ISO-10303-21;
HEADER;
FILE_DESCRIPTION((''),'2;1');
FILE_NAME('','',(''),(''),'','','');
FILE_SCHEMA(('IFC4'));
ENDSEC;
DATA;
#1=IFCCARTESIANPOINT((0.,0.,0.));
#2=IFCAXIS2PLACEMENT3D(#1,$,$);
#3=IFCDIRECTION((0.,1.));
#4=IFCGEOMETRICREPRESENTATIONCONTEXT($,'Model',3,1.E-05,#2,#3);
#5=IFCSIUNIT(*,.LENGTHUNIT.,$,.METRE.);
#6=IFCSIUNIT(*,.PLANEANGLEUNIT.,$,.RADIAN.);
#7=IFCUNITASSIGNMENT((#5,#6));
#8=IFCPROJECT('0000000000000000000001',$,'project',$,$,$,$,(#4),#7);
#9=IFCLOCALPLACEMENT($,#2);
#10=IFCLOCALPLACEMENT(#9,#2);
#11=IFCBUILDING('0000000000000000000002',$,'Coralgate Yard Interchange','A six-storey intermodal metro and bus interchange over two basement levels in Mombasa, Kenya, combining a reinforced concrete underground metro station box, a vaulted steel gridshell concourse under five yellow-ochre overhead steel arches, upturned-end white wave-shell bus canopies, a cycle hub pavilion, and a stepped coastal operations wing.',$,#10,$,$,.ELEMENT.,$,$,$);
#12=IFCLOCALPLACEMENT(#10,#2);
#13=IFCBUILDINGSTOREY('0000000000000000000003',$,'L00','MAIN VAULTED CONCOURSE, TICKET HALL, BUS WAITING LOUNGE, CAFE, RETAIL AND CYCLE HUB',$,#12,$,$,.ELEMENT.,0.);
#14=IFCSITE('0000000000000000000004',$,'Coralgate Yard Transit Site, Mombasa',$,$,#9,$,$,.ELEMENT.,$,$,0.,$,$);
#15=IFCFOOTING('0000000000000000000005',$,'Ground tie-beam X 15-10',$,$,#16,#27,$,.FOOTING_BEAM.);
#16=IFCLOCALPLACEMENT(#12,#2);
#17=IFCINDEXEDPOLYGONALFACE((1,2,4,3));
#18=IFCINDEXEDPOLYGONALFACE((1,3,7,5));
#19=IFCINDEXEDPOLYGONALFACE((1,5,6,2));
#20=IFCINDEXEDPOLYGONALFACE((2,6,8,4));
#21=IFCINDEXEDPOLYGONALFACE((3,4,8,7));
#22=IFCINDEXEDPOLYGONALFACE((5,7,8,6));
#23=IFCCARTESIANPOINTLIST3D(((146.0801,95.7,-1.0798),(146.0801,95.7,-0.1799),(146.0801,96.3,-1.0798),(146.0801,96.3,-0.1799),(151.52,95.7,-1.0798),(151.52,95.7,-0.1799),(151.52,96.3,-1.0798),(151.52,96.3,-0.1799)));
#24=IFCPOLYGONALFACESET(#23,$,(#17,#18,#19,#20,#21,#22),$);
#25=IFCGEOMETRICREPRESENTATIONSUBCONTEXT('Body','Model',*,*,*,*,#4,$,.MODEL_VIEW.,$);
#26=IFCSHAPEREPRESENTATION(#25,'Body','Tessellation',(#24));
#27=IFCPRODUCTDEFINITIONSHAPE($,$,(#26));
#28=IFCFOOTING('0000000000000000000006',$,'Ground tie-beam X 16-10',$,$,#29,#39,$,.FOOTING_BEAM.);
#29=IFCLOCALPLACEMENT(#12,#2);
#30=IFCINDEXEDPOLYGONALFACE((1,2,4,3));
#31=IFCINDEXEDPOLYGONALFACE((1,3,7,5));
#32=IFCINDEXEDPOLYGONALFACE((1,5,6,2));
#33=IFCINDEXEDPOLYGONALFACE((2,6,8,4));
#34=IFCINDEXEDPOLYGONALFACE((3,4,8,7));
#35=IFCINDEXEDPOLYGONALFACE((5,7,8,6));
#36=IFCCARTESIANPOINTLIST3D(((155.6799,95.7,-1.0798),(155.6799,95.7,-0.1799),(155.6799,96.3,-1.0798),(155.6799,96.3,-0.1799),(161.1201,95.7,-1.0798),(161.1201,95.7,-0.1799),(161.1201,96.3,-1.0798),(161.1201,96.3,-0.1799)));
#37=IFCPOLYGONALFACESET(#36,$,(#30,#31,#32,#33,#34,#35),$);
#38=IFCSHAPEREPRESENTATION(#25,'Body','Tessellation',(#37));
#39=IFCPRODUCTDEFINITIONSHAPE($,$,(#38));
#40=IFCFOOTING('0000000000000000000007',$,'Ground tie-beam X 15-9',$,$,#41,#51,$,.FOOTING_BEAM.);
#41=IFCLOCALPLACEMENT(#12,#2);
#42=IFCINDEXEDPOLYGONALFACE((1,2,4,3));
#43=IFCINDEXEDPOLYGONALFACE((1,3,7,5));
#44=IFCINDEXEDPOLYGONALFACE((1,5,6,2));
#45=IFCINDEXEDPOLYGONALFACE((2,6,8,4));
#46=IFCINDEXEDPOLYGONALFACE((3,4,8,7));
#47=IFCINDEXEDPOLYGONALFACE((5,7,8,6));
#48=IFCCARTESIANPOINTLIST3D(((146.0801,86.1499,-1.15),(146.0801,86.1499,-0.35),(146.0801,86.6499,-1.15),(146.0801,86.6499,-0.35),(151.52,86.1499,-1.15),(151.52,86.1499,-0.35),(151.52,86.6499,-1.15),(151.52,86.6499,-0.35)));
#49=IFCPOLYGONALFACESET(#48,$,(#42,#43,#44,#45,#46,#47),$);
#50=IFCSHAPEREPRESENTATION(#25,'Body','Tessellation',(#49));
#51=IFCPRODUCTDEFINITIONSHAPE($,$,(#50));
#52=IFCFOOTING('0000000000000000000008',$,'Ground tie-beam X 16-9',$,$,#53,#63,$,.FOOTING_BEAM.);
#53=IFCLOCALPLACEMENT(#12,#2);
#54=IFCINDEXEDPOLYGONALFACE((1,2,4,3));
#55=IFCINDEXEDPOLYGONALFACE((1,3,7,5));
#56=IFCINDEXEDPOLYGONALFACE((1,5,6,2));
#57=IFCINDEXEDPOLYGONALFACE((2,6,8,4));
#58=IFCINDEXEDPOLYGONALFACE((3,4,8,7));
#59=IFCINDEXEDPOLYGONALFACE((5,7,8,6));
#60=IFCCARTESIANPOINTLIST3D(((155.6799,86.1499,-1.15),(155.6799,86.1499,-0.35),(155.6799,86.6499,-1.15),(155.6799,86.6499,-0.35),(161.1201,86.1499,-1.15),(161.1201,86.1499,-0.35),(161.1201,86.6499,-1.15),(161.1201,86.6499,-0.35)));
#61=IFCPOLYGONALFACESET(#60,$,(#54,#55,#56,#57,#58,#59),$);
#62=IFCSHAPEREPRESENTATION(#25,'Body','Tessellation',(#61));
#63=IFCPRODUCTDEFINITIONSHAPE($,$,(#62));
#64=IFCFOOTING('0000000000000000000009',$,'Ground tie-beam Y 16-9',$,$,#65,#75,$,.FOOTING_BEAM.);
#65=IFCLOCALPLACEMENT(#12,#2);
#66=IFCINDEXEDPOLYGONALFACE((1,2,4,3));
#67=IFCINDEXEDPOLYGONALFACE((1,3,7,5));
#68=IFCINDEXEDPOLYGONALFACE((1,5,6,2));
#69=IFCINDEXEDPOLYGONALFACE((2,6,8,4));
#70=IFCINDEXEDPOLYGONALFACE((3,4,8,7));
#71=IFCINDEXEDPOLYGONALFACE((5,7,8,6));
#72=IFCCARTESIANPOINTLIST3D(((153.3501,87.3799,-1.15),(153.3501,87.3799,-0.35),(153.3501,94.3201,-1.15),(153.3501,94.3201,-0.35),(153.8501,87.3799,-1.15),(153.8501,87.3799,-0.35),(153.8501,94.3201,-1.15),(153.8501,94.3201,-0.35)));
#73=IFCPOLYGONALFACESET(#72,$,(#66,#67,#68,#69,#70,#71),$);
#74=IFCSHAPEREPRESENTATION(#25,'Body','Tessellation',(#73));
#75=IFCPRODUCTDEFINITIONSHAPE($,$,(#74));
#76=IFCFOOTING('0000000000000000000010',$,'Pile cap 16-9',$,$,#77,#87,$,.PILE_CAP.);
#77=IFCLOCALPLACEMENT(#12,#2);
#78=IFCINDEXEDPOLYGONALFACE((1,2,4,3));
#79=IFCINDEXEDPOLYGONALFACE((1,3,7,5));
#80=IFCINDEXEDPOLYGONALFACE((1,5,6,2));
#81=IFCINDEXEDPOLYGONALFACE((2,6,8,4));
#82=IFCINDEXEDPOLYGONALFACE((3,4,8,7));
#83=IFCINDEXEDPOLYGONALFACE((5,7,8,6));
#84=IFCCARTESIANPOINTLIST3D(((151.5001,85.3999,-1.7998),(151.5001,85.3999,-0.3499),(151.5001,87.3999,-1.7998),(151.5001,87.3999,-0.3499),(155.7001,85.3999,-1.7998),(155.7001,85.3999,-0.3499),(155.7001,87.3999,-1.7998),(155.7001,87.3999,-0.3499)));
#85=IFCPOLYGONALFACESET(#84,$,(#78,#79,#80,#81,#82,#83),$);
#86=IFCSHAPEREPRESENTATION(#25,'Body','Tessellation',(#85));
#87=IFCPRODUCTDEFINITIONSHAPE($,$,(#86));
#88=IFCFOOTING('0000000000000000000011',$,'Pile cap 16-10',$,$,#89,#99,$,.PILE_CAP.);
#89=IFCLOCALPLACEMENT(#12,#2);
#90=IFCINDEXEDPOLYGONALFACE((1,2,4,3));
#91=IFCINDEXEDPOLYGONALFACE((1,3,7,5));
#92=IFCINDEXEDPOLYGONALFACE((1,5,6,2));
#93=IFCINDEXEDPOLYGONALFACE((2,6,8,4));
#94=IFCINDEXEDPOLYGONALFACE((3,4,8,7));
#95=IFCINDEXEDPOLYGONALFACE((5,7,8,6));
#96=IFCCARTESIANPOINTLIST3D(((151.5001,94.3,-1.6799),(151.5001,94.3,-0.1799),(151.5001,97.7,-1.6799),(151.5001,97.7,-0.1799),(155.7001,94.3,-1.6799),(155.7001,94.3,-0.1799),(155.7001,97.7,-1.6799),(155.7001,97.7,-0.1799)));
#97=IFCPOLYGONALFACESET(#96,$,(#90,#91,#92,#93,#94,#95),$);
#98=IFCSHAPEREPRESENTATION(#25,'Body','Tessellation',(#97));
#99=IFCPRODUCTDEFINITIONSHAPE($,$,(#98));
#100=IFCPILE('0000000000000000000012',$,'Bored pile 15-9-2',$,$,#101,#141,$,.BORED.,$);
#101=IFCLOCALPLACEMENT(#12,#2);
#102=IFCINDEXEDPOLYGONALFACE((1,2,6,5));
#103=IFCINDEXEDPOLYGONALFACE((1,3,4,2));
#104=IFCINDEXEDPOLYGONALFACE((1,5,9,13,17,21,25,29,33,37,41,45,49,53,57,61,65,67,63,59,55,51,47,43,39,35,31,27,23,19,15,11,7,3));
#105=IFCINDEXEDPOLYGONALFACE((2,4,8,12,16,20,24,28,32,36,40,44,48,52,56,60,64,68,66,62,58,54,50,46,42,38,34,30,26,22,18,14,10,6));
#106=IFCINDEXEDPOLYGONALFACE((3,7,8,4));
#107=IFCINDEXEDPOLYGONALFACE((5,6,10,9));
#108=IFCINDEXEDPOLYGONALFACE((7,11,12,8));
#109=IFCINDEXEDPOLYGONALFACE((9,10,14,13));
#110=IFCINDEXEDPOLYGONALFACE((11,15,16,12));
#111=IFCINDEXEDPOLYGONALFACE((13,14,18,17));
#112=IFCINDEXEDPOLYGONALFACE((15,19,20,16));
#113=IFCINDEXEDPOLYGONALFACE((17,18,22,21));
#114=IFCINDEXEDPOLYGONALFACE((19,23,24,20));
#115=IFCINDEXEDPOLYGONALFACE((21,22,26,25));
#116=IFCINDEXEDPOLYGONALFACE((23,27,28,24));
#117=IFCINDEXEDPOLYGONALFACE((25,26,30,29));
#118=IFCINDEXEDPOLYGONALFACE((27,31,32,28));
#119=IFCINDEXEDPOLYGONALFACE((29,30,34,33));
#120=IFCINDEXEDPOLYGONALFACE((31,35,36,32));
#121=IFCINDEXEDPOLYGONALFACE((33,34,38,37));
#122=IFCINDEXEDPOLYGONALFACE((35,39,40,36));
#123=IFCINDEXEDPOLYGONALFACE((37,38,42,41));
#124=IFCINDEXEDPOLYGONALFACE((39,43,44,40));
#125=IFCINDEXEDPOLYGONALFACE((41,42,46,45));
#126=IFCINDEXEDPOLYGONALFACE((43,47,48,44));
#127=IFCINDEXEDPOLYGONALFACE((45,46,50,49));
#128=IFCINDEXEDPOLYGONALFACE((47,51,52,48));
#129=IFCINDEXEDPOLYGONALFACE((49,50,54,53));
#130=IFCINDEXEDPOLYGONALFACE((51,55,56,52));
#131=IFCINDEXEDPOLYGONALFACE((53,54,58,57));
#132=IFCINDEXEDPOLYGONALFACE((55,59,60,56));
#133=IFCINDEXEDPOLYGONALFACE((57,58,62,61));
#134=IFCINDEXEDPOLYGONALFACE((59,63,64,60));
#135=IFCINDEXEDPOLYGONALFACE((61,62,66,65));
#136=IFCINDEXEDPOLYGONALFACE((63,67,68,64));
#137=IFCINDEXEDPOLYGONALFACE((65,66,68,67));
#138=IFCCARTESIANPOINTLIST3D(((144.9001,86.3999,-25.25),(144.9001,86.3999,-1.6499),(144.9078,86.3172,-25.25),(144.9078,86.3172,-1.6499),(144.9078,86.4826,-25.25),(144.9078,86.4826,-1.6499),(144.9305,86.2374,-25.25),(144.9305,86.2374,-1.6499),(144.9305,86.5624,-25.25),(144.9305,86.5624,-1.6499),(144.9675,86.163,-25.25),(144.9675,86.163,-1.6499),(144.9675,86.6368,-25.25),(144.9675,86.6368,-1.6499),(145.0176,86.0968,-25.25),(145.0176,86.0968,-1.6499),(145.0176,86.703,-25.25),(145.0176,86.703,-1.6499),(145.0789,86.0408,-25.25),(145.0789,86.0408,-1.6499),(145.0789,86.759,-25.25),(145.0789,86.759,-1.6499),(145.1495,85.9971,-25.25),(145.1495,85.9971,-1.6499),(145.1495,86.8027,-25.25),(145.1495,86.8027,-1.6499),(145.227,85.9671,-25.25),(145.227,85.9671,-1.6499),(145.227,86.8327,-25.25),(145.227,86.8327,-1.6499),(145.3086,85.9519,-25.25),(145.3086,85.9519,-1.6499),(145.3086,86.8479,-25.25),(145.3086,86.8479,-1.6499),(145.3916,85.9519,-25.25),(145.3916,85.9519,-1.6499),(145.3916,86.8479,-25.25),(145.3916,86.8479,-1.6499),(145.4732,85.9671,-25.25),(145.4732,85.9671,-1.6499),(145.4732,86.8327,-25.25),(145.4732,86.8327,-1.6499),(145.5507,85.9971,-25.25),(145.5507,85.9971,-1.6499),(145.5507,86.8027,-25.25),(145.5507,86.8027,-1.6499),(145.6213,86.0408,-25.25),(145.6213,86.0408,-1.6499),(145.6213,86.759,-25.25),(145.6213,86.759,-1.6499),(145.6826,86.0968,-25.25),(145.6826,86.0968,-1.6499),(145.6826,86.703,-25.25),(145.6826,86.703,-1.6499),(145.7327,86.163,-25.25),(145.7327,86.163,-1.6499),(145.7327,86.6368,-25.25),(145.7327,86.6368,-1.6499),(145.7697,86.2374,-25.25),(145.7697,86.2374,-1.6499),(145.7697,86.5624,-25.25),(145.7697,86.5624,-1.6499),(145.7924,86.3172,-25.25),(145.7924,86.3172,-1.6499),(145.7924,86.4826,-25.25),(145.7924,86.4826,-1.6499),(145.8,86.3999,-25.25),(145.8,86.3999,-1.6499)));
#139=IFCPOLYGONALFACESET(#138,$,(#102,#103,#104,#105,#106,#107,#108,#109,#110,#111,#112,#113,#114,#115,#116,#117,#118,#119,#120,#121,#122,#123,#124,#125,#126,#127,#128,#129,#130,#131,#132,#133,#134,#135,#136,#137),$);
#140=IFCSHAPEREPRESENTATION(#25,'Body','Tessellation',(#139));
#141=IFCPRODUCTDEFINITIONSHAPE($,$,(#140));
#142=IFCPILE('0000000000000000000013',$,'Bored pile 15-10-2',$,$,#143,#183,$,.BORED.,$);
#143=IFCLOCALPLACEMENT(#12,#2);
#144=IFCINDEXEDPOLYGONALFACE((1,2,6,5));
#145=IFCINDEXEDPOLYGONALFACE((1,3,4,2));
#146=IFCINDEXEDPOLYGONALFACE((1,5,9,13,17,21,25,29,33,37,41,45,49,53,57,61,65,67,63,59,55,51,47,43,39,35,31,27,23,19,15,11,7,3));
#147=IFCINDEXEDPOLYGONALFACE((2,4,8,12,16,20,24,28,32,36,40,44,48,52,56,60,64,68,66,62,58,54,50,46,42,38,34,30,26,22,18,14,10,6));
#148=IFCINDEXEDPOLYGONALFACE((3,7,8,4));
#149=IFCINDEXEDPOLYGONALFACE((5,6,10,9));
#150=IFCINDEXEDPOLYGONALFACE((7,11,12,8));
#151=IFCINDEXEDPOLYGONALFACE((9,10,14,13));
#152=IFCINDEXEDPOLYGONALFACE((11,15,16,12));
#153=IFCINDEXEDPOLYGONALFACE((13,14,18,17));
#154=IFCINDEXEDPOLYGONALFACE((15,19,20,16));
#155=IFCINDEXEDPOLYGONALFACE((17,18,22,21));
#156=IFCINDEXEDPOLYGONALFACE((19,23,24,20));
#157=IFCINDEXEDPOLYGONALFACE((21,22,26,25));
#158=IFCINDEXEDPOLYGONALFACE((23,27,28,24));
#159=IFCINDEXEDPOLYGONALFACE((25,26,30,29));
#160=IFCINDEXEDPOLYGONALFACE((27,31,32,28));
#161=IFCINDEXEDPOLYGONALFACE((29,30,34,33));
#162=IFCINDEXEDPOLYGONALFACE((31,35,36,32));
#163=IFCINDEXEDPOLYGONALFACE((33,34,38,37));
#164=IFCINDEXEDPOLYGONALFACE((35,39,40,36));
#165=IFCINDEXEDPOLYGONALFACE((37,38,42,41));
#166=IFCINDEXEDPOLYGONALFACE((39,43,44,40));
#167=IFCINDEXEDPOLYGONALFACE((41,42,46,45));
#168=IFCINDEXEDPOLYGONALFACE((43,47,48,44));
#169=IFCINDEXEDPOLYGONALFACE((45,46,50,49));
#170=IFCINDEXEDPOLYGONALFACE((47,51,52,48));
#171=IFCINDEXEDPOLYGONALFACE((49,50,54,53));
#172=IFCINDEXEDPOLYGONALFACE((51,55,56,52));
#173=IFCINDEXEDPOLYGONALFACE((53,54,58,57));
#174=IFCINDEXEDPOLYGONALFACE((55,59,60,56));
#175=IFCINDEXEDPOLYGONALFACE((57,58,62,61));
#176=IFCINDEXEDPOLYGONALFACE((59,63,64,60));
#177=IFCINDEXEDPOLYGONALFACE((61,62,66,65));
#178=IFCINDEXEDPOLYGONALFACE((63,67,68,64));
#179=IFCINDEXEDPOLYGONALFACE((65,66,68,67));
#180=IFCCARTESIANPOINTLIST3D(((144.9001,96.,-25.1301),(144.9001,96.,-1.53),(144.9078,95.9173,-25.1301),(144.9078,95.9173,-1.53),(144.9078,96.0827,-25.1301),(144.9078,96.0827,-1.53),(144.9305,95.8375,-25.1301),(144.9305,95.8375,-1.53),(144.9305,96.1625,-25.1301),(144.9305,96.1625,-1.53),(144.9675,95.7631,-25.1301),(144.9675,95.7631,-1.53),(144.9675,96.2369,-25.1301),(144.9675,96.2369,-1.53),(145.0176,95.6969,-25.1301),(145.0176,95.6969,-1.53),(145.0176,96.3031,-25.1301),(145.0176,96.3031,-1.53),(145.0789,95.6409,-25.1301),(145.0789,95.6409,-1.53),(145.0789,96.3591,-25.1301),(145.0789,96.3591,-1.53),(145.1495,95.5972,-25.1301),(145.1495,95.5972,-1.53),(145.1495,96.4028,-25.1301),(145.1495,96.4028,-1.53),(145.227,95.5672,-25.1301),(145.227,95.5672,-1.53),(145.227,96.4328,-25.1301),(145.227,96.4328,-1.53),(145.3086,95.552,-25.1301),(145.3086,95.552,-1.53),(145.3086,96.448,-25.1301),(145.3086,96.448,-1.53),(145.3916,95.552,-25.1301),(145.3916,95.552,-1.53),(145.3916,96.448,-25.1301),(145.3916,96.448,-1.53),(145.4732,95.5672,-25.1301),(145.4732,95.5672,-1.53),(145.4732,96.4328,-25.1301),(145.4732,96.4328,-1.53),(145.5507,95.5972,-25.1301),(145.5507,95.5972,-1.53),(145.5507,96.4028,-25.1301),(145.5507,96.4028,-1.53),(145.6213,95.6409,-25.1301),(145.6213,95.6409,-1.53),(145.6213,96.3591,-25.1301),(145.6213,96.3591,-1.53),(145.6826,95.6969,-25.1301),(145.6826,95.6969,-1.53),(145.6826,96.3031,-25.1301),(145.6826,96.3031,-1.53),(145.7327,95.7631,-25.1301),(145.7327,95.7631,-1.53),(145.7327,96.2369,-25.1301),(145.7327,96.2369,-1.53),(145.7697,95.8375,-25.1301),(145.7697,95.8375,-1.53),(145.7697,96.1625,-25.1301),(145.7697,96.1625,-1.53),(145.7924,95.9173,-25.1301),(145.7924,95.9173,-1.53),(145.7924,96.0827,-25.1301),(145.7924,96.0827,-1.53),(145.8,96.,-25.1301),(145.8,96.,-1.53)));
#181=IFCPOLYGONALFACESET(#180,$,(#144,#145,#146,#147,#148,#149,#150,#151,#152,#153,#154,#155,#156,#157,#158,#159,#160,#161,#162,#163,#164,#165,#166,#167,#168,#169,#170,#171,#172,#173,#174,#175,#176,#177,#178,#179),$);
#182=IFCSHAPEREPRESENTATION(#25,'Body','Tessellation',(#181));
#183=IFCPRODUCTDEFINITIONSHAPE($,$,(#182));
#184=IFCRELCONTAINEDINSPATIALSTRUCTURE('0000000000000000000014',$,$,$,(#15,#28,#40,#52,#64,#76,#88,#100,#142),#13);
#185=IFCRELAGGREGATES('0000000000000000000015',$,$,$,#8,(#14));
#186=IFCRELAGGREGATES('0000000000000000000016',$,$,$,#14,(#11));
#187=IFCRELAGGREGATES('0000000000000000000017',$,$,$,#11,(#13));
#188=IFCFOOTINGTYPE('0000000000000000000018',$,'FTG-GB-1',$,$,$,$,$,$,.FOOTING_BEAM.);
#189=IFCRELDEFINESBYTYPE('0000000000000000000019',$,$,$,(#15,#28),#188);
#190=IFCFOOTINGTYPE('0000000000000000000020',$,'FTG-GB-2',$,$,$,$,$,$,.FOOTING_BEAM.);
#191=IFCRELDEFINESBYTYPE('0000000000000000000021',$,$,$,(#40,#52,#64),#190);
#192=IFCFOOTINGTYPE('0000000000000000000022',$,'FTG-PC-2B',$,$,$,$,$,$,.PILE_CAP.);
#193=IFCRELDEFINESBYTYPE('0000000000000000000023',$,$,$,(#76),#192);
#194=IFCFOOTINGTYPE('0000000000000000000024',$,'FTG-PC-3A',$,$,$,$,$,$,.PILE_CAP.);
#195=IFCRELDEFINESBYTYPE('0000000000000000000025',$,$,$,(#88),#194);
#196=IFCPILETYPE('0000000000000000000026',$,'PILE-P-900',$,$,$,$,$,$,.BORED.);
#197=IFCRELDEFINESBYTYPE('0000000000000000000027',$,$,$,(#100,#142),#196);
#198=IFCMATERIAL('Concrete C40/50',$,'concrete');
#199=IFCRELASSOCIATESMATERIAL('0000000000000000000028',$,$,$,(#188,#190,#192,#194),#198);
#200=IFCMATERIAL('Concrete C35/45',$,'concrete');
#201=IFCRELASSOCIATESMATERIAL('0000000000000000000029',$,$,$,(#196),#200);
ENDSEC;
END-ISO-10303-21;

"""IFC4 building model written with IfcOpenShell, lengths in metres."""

from ifc_helpers import new_model, si_unit, direction, frame, origin, origin_2d, place, context, subcontext, project, spatial, rectangle, circle, extrude, material, material_profile, profile_set, type_object, element, save


model = new_model("IFC4")

# Units and contexts
model_context = context("Model", 3, precision=1e-05, world=origin(), true_north=direction((0.0, 1.0)))
body_context = subcontext(model_context, "Body", "Model", "MODEL_VIEW")
ifc_project = project(units=[si_unit("LENGTHUNIT", "METRE"), si_unit("PLANEANGLEUNIT", "RADIAN")], contexts=[model_context])

# Site, building, storey
site_placement = place(None, origin())
site = spatial("IfcSite", under=ifc_project, at=site_placement, Name="Coralgate Yard Transit Site, Mombasa", CompositionType="ELEMENT", RefElevation=0.0)
building_placement = place(site_placement, origin())
building = spatial("IfcBuilding", under=site, at=building_placement, Name="Coralgate Yard Interchange", Description="A six-storey intermodal metro and bus interchange over two basement levels in Mombasa, Kenya, combining a reinforced concrete underground metro station box, a vaulted steel gridshell concourse under five yellow-ochre overhead steel arches, upturned-end white wave-shell bus canopies, a cycle hub pavilion, and a stepped coastal operations wing.", CompositionType="ELEMENT")
storey_placement = place(building_placement, origin())
storey = spatial("IfcBuildingStorey", under=building, at=storey_placement, Name="L00", Description="MAIN VAULTED CONCOURSE, TICKET HALL, BUS WAITING LOUNGE, CAFE, RETAIL AND CYCLE HUB", CompositionType="ELEMENT", Elevation=0.0)

# Footings
ifc_material_1 = material(Name="Concrete C40/50", Category="concrete")
ifc_material_profile_1 = material_profile(ifc_material_1, rectangle(XDim=0.6001, YDim=0.8999, at=origin_2d()), Name="RC 600x900")
ifc_profile_set_1 = profile_set([ifc_material_profile_1], Name="Concrete C40/50")
footing_type_1 = type_object("IfcFootingType", Name="FTG-GB-1", PredefinedType="FOOTING_BEAM", material=ifc_profile_set_1)
footing_1_placement = place(storey_placement, frame((146.0801, 96.0, -0.6299), z_axis=(1.0, 0.0, 0.0), x_axis=(0.0, 1.0, 0.0)))
element("IfcFooting", 1, at=footing_1_placement, inside=storey, type_object=footing_type_1, Name="Ground tie-beam X 15-10", PredefinedType="FOOTING_BEAM", context=body_context, shape_type="SweptSolid", body=[
    extrude(rectangle(XDim=0.6001, YDim=0.8999, at=origin_2d()), origin(), (0.0, 0.0, 1.0), 5.4399),
])
footing_2_placement = place(storey_placement, frame((155.6799, 96.0, -0.6299), z_axis=(1.0, 0.0, 0.0), x_axis=(0.0, 1.0, 0.0)))
element("IfcFooting", 2, at=footing_2_placement, inside=storey, type_object=footing_type_1, Name="Ground tie-beam X 16-10", PredefinedType="FOOTING_BEAM", context=body_context, shape_type="SweptSolid", body=[
    extrude(rectangle(XDim=0.6001, YDim=0.8999, at=origin_2d()), origin(), (0.0, 0.0, 1.0), 5.4402),
])
ifc_material_profile_2 = material_profile(ifc_material_1, rectangle(XDim=0.5, YDim=0.8, at=origin_2d()), Name="RC 500x800")
ifc_profile_set_2 = profile_set([ifc_material_profile_2], Name="Concrete C40/50")
footing_type_2 = type_object("IfcFootingType", Name="FTG-GB-2", PredefinedType="FOOTING_BEAM", material=ifc_profile_set_2)
footing_3_placement = place(storey_placement, frame((146.0801, 86.3999, -0.75), z_axis=(1.0, 0.0, 0.0), x_axis=(0.0, 1.0, 0.0)))
element("IfcFooting", 3, at=footing_3_placement, inside=storey, type_object=footing_type_2, Name="Ground tie-beam X 15-9", PredefinedType="FOOTING_BEAM", context=body_context, shape_type="SweptSolid", body=[
    extrude(rectangle(XDim=0.5, YDim=0.8, at=origin_2d()), origin(), (0.0, 0.0, 1.0), 5.4399),
])
footing_4_placement = place(storey_placement, frame((155.6799, 86.3999, -0.75), z_axis=(1.0, 0.0, 0.0), x_axis=(0.0, 1.0, 0.0)))
element("IfcFooting", 4, at=footing_4_placement, inside=storey, type_object=footing_type_2, Name="Ground tie-beam X 16-9", PredefinedType="FOOTING_BEAM", context=body_context, shape_type="SweptSolid", body=[
    extrude(rectangle(XDim=0.5, YDim=0.8, at=origin_2d()), origin(), (0.0, 0.0, 1.0), 5.4402),
])
footing_5_placement = place(storey_placement, frame((153.6001, 87.3799, -0.75), z_axis=(0.0, 1.0, 0.0), x_axis=(-1.0, 0.0, 0.0)))
element("IfcFooting", 5, at=footing_5_placement, inside=storey, type_object=footing_type_2, Name="Ground tie-beam Y 16-9", PredefinedType="FOOTING_BEAM", context=body_context, shape_type="SweptSolid", body=[
    extrude(rectangle(XDim=0.5, YDim=0.8, at=origin_2d()), origin(), (0.0, 0.0, 1.0), 6.9402),
])
footing_type_3 = type_object("IfcFootingType", Name="FTG-PC-2B", PredefinedType="PILE_CAP", material=ifc_material_1)
footing_6_placement = place(storey_placement, frame((153.6001, 86.3999, -1.7998), z_axis=(0.0, 0.0, 1.0), x_axis=(1.0, 0.0, 0.0)))
element("IfcFooting", 6, at=footing_6_placement, inside=storey, type_object=footing_type_3, Name="Pile cap 16-9", PredefinedType="PILE_CAP", context=body_context, shape_type="SweptSolid", body=[
    extrude(rectangle(XDim=4.2, YDim=2.0, at=origin_2d()), origin(), (0.0, 0.0, 1.0), 1.45),
])
footing_type_4 = type_object("IfcFootingType", Name="FTG-PC-3A", PredefinedType="PILE_CAP", material=ifc_material_1)
footing_7_placement = place(storey_placement, frame((153.6001, 96.0, -1.6799), z_axis=(0.0, 0.0, 1.0), x_axis=(1.0, 0.0, 0.0)))
element("IfcFooting", 7, at=footing_7_placement, inside=storey, type_object=footing_type_4, Name="Pile cap 16-10", PredefinedType="PILE_CAP", context=body_context, shape_type="SweptSolid", body=[
    extrude(rectangle(XDim=4.2, YDim=3.3999, at=origin_2d()), origin(), (0.0, 0.0, 1.0), 1.5),
])

# Piles
ifc_material_2 = material(Name="Concrete C35/45", Category="concrete")
ifc_material_profile_3 = material_profile(ifc_material_2, circle(Radius=0.45, at=origin_2d()), Name="BORED PILE D900")
ifc_profile_set_3 = profile_set([ifc_material_profile_3], Name="Concrete C35/45")
pile_type = type_object("IfcPileType", Name="PILE-P-900", PredefinedType="BORED", material=ifc_profile_set_3)
for number, where, z_axis, x_axis, name in (
    (8, (145.3501, 86.3999, -1.6499), (0.0, 0.0, -1.0), (1.0, 0.0, 0.0), "Bored pile 15-9-2"),
    (9, (145.3501, 96.0, -1.53), (0.0, 0.0, -1.0), (1.0, 0.0, 0.0), "Bored pile 15-10-2"),
):
    element("IfcPile", number, at=place(storey_placement, frame(where, z_axis=z_axis, x_axis=x_axis)), inside=storey, type_object=pile_type, Name=name, PredefinedType="BORED", context=body_context, shape_type="SweptSolid", body=[
        extrude(circle(Radius=0.45, at=origin_2d()), origin(), (0.0, 0.0, 1.0), 23.6001),
    ])

save(model, "model.ifc")
